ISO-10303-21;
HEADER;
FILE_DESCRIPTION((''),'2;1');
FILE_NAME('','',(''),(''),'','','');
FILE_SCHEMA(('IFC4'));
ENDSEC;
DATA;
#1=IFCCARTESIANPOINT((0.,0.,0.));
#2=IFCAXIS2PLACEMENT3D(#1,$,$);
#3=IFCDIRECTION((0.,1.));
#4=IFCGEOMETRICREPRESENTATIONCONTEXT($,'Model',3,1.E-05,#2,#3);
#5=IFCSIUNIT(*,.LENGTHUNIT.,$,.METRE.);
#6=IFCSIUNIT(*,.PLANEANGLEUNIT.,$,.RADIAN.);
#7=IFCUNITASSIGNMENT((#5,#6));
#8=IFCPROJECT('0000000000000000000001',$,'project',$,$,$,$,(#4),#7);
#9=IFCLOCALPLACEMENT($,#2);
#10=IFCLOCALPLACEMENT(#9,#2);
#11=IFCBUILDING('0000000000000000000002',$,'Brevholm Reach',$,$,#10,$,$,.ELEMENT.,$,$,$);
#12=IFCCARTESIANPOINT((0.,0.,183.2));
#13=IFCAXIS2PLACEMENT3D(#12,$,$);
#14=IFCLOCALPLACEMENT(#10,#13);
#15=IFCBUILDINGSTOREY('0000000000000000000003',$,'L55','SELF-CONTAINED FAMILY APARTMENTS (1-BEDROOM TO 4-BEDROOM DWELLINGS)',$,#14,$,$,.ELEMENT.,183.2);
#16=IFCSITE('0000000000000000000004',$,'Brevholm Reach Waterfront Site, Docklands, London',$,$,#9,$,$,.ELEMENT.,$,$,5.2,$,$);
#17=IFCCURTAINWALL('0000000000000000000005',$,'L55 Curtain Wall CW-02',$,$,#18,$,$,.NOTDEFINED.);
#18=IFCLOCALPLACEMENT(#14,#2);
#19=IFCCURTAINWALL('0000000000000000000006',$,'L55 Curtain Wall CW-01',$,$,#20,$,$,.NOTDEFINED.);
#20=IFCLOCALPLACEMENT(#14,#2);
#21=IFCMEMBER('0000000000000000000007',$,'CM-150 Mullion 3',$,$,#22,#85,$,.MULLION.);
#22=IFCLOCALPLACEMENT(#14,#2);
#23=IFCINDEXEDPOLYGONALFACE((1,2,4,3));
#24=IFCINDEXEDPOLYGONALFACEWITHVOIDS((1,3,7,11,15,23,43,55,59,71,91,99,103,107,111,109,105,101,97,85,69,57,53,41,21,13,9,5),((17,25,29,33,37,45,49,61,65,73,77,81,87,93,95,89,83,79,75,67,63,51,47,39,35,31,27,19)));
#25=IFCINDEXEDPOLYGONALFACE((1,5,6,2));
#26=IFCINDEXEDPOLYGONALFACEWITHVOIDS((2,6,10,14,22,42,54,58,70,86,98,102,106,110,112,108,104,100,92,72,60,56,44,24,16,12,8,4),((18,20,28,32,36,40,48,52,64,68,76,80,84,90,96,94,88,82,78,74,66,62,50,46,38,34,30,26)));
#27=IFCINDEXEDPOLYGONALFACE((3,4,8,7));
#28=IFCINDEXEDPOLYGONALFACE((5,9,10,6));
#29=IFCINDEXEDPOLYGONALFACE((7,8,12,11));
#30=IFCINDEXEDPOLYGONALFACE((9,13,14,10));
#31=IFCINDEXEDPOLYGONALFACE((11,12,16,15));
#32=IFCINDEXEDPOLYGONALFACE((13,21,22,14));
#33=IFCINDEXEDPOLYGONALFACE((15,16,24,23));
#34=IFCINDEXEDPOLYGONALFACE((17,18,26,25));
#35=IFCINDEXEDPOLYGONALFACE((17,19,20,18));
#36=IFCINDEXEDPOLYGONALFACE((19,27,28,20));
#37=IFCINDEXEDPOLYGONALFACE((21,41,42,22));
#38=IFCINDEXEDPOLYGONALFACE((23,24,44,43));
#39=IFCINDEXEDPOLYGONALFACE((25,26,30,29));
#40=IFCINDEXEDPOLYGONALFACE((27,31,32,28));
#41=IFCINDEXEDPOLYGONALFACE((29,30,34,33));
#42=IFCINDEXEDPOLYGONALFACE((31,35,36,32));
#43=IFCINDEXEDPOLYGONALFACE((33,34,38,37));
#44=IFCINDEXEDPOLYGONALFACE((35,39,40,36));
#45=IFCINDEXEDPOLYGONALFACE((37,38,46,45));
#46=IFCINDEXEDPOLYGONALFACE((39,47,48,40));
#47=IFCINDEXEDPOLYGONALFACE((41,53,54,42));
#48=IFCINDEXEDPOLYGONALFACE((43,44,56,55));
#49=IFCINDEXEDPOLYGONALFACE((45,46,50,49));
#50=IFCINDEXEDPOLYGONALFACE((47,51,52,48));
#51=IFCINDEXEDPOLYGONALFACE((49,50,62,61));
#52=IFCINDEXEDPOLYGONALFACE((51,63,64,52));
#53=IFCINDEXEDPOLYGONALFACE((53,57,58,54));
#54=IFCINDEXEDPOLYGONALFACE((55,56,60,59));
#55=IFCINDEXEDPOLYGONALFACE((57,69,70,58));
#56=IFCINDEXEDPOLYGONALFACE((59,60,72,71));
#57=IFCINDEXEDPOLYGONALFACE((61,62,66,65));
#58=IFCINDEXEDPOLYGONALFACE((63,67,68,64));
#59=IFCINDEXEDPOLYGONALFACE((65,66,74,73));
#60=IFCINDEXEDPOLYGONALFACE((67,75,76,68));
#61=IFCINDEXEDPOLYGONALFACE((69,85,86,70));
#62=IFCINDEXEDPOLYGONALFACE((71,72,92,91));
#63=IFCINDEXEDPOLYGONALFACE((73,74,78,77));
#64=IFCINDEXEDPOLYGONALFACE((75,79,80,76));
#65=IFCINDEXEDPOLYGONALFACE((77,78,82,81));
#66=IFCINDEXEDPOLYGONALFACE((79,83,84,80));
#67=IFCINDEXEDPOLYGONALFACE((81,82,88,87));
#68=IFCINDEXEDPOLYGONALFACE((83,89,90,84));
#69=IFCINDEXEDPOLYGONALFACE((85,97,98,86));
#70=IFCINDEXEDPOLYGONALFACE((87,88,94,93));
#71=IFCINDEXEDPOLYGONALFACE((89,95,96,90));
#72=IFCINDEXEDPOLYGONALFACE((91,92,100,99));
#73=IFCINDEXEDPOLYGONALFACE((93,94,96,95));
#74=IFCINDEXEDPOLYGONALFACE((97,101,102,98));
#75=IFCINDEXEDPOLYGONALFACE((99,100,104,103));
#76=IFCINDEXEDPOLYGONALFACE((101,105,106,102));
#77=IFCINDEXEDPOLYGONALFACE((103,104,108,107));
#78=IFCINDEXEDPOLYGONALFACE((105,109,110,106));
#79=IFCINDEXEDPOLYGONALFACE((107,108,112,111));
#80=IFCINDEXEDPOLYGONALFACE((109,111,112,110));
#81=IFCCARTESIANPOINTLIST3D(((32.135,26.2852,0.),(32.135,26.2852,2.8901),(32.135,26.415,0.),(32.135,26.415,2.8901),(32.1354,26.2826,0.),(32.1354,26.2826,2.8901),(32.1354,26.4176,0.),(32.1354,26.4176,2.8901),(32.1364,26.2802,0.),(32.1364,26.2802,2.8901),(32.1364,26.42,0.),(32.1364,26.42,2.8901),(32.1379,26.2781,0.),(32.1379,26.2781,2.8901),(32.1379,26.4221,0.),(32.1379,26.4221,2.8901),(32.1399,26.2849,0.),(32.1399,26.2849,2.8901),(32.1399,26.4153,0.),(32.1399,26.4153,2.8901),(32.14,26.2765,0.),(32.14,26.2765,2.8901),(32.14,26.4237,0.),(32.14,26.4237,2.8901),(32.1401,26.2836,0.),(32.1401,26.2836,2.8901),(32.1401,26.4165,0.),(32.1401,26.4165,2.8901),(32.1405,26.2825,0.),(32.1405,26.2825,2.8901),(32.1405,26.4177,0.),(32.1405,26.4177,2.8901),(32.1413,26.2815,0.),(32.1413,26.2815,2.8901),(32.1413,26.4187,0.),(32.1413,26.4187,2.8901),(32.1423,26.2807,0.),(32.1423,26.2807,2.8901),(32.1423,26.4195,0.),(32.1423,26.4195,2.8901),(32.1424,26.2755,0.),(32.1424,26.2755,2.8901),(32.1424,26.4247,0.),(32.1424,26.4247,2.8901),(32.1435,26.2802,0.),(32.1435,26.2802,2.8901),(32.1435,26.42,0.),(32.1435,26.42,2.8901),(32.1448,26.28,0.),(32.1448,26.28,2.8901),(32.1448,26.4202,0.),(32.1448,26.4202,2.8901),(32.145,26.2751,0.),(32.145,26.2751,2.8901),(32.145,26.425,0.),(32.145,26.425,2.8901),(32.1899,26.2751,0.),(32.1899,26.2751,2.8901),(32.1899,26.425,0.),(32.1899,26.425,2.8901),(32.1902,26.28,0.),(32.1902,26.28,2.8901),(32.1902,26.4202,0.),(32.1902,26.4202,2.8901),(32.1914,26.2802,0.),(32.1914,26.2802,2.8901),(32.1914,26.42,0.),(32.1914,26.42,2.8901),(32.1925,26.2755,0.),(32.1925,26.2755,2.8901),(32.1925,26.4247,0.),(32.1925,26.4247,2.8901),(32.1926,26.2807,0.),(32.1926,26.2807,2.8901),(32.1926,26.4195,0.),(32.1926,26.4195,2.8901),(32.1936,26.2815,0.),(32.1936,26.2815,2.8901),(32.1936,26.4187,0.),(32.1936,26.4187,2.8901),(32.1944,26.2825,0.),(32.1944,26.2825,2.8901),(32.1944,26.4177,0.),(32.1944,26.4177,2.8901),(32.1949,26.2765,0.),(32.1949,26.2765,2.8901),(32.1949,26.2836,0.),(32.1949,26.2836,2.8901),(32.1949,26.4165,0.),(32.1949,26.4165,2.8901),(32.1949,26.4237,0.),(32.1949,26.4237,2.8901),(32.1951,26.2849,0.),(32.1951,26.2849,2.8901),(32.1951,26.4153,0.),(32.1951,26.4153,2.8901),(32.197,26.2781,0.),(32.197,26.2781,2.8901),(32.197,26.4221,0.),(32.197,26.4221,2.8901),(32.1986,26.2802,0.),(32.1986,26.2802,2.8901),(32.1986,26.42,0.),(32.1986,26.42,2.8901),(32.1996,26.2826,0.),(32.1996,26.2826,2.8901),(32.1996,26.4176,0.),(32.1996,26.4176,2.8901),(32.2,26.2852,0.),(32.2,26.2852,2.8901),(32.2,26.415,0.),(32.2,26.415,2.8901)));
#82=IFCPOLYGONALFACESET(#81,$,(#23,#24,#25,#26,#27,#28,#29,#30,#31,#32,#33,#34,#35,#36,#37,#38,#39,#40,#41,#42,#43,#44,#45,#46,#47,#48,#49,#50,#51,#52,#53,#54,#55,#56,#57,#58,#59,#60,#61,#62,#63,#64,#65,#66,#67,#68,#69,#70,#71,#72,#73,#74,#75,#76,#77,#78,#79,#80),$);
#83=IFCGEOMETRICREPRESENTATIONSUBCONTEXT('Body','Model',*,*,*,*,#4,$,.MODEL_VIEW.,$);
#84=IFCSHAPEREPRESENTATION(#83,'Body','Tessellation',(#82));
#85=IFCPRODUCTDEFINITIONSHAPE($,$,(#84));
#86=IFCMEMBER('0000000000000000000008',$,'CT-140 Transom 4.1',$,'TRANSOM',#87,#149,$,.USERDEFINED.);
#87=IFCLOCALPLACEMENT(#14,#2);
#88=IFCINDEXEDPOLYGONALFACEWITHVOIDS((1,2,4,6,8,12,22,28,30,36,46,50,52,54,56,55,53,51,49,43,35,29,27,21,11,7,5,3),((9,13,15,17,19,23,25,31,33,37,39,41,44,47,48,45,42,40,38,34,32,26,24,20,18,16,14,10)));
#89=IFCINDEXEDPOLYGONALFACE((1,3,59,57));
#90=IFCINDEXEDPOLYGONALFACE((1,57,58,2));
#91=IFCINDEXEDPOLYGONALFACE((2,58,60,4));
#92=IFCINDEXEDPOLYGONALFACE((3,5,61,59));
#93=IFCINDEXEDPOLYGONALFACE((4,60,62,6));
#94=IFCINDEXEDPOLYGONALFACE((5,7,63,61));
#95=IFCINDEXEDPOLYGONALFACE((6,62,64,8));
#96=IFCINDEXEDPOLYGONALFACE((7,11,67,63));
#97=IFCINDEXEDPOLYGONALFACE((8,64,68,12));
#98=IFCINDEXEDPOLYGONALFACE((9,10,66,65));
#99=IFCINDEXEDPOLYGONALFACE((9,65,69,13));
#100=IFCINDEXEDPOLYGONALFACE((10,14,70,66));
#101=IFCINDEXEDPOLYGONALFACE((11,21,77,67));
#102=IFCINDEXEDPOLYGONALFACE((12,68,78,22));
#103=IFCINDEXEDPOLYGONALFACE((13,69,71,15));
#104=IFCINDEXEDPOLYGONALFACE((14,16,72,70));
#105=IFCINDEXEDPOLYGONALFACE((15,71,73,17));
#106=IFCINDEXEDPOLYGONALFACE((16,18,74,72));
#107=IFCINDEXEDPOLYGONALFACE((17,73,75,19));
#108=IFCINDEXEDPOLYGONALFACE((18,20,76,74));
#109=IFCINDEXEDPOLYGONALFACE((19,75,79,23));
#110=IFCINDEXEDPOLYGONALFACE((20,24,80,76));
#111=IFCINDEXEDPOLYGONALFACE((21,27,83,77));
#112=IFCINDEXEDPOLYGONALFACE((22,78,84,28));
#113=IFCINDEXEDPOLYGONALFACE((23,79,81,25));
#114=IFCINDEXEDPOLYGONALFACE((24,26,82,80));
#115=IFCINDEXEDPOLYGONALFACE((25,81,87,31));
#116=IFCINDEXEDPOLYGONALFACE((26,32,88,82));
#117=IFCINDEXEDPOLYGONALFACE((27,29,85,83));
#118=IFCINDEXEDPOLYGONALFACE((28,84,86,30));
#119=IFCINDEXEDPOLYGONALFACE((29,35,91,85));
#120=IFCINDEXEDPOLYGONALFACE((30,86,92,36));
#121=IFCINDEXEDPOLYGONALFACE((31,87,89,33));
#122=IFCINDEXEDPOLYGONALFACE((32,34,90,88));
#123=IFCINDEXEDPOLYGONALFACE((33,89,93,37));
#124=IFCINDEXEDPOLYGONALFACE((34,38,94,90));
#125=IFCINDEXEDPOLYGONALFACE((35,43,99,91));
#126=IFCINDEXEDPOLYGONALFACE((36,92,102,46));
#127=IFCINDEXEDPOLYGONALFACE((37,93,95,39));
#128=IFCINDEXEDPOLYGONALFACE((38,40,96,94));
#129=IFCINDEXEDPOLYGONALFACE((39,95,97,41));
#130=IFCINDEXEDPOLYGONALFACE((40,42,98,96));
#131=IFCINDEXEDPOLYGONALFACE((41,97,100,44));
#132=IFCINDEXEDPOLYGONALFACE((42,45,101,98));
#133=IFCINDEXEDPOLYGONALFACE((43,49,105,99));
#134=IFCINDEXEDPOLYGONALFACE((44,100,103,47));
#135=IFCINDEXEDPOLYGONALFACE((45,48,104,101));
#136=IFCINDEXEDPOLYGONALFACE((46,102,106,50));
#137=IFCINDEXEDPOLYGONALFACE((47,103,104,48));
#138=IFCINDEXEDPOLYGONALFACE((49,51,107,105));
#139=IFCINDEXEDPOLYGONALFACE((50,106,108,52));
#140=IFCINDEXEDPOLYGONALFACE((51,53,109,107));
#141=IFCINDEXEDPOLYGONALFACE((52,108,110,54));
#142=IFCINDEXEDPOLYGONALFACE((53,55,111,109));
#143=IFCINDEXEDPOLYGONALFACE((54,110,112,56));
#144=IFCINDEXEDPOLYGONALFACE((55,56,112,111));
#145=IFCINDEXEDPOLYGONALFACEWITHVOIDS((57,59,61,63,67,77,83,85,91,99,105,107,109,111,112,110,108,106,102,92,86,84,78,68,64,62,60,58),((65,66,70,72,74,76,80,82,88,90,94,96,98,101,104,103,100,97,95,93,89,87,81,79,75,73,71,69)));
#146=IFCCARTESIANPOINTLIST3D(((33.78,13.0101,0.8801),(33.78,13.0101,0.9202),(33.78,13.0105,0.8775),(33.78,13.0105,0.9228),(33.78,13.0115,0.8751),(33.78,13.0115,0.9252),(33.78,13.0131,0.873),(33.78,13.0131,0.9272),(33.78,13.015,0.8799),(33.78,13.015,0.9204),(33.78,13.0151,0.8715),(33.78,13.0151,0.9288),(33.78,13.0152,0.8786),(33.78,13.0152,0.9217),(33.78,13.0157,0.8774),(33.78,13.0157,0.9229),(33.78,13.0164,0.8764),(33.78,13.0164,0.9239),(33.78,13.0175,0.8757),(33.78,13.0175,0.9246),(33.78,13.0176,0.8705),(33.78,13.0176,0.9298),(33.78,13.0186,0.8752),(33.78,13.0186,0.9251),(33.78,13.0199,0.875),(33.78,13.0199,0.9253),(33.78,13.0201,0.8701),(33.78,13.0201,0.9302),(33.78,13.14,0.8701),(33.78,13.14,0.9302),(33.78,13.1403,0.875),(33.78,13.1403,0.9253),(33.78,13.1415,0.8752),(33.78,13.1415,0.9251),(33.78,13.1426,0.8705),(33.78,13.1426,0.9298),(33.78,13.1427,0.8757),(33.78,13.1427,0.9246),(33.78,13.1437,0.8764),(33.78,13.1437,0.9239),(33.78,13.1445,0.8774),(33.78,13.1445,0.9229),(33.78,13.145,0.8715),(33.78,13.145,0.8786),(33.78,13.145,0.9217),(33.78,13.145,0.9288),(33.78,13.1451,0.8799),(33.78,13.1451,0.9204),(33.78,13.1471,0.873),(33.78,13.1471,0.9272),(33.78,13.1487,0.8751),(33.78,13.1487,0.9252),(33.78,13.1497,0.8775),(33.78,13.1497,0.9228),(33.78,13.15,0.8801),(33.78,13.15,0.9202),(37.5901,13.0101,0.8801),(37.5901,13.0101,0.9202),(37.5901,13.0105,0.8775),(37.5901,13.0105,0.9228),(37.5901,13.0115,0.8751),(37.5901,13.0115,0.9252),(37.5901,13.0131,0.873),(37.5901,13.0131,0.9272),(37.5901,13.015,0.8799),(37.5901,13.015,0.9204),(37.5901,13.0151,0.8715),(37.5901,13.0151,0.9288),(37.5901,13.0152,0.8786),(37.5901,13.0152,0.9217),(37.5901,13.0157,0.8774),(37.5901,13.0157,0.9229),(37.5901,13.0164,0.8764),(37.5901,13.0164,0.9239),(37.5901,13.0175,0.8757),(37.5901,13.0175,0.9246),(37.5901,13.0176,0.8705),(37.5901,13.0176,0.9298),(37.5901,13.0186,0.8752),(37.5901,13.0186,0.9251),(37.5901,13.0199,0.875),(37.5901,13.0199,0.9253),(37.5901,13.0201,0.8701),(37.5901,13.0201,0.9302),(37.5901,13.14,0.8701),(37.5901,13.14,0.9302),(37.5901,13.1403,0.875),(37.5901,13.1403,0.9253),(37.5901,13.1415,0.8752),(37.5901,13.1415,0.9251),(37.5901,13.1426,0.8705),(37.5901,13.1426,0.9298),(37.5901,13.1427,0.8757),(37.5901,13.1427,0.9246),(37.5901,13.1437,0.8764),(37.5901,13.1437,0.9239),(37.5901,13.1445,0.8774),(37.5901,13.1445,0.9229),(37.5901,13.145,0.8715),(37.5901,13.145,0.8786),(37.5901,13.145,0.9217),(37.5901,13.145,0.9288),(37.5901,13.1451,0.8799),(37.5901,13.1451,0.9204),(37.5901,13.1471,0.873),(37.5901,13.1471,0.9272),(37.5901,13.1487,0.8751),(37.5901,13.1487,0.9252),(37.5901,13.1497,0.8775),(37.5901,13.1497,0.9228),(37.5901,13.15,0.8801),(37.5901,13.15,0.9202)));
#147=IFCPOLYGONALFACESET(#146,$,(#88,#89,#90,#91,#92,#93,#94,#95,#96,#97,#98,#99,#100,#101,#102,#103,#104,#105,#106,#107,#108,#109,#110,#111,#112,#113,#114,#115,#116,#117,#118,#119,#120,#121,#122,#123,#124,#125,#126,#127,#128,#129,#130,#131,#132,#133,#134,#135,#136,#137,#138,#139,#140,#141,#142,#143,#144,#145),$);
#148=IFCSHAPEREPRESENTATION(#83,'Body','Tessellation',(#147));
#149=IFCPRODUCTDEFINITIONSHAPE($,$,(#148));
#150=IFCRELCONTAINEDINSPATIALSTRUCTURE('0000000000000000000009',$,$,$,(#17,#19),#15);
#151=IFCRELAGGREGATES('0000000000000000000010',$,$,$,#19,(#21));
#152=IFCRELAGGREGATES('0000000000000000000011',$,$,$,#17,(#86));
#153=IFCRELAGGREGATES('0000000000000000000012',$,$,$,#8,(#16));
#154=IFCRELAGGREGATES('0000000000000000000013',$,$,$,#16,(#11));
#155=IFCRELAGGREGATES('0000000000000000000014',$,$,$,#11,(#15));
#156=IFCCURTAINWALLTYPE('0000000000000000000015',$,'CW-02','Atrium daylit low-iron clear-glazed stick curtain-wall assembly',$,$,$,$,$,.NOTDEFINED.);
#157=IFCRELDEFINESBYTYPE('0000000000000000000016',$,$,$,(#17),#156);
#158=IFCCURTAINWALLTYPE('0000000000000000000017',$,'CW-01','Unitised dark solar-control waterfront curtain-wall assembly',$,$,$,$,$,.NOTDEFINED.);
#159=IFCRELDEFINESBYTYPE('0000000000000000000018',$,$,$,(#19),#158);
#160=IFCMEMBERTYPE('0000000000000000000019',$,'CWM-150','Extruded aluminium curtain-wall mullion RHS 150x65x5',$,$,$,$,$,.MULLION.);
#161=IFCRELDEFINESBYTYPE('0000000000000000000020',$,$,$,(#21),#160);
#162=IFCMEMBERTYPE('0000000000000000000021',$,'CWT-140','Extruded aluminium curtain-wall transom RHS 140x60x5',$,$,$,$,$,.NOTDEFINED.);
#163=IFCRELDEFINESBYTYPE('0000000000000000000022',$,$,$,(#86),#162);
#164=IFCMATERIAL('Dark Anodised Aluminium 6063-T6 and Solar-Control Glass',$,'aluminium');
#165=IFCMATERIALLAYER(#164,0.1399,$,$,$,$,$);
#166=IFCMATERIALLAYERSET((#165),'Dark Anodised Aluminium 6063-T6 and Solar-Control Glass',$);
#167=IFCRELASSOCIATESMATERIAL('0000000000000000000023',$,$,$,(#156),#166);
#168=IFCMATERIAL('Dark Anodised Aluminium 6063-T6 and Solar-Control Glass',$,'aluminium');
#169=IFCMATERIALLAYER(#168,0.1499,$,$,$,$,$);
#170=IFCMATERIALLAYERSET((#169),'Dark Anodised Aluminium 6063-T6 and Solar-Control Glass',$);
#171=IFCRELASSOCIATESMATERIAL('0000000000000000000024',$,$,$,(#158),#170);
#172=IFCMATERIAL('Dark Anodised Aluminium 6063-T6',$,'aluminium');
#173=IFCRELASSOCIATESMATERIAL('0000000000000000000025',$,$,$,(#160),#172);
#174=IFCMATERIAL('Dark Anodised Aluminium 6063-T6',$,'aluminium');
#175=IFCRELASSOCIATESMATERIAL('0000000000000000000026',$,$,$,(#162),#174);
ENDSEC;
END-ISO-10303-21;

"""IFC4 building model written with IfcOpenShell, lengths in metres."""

from ifc_helpers import new_model, si_unit, direction, frame, origin, origin_2d, place, context, subcontext, project, spatial, hollow_rectangle, extrude, material, layer, layer_set, material_profile, profile_set, type_object, element, aggregate, save


model = new_model("IFC4")

# Units and contexts
model_context = context("Model", 3, precision=1e-05, world=origin(), true_north=direction((0.0, 1.0)))
body_context = subcontext(model_context, "Body", "Model", "MODEL_VIEW")
ifc_project = project(units=[si_unit("LENGTHUNIT", "METRE"), si_unit("PLANEANGLEUNIT", "RADIAN")], contexts=[model_context])

# Site, building, storey
site_placement = place(None, origin())
site = spatial("IfcSite", under=ifc_project, at=site_placement, Name="Brevholm Reach Waterfront Site, Docklands, London", CompositionType="ELEMENT", RefElevation=5.2)
building_placement = place(site_placement, origin())
building = spatial("IfcBuilding", under=site, at=building_placement, Name="Brevholm Reach", CompositionType="ELEMENT")
storey_placement = place(building_placement, frame((0.0, 0.0, 183.2)))
storey = spatial("IfcBuildingStorey", under=building, at=storey_placement, Name="L55", Description="SELF-CONTAINED FAMILY APARTMENTS (1-BEDROOM TO 4-BEDROOM DWELLINGS)", CompositionType="ELEMENT", Elevation=183.2)

# Curtain walls, member
ifc_material_1 = material(Name="Dark Anodised Aluminium 6063-T6 and Solar-Control Glass", Category="aluminium")
ifc_layer_1 = layer(ifc_material_1, 0.1399)
ifc_layer_set_1 = layer_set([ifc_layer_1], Name="Dark Anodised Aluminium 6063-T6 and Solar-Control Glass")
curtain_wall_type_1 = type_object("IfcCurtainWallType", Name="CW-02", Description="Atrium daylit low-iron clear-glazed stick curtain-wall assembly", PredefinedType="NOTDEFINED", material=ifc_layer_set_1)
curtain_wall_1_placement = place(storey_placement, origin())
curtain_wall_1 = element("IfcCurtainWall", 1, at=curtain_wall_1_placement, inside=storey, type_object=curtain_wall_type_1, Name="L55 Curtain Wall CW-02", PredefinedType="NOTDEFINED")
ifc_material_2 = material(Name="Dark Anodised Aluminium 6063-T6 and Solar-Control Glass", Category="aluminium")
ifc_layer_2 = layer(ifc_material_2, 0.1499)
ifc_layer_set_2 = layer_set([ifc_layer_2], Name="Dark Anodised Aluminium 6063-T6 and Solar-Control Glass")
curtain_wall_type_2 = type_object("IfcCurtainWallType", Name="CW-01", Description="Unitised dark solar-control waterfront curtain-wall assembly", PredefinedType="NOTDEFINED", material=ifc_layer_set_2)
curtain_wall_2_placement = place(storey_placement, origin())
curtain_wall_2 = element("IfcCurtainWall", 2, at=curtain_wall_2_placement, inside=storey, type_object=curtain_wall_type_2, Name="L55 Curtain Wall CW-01", PredefinedType="NOTDEFINED")
ifc_material_3 = material(Name="Dark Anodised Aluminium 6063-T6", Category="aluminium")
ifc_material_profile_1 = material_profile(ifc_material_3, hollow_rectangle(XDim=0.0649, YDim=0.1499, WallThickness=0.0049, InnerFilletRadius=0.0049, OuterFilletRadius=0.01, at=origin_2d()), Name="RHS 150x65x5")
ifc_profile_set_1 = profile_set([ifc_material_profile_1], Name="Dark Anodised Aluminium 6063-T6")
member_type_1 = type_object("IfcMemberType", Name="CWM-150", Description="Extruded aluminium curtain-wall mullion RHS 150x65x5", PredefinedType="MULLION", material=ifc_profile_set_1)
member_1_placement = place(storey_placement, frame((32.1675, 26.3501, 0.0), z_axis=(0.0, 0.0, 1.0), x_axis=(1.0, 0.0, 0.0)))
member_1 = element("IfcMember", 3, at=member_1_placement, type_object=member_type_1, Name="CM-150 Mullion 3", PredefinedType="MULLION", context=body_context, shape_type="SweptSolid", body=[
    extrude(hollow_rectangle(XDim=0.0649, YDim=0.1499, WallThickness=0.0049, InnerFilletRadius=0.0049, OuterFilletRadius=0.01, at=origin_2d()), origin(), (0.0, 0.0, 1.0), 2.8901),
])

# Member
ifc_material_4 = material(Name="Dark Anodised Aluminium 6063-T6", Category="aluminium")
ifc_material_profile_2 = material_profile(ifc_material_4, hollow_rectangle(XDim=0.0601, YDim=0.1399, WallThickness=0.0049, InnerFilletRadius=0.0049, OuterFilletRadius=0.01, at=origin_2d()), Name="RHS 140x60x5")
ifc_profile_set_2 = profile_set([ifc_material_profile_2], Name="Dark Anodised Aluminium 6063-T6")
member_type_2 = type_object("IfcMemberType", Name="CWT-140", Description="Extruded aluminium curtain-wall transom RHS 140x60x5", PredefinedType="NOTDEFINED", material=ifc_profile_set_2)
member_2_placement = place(storey_placement, frame((33.78, 13.0801, 0.9001), z_axis=(1.0, 0.0, 0.0), x_axis=(0.0, 0.0, 1.0)))
member_2 = element("IfcMember", 4, at=member_2_placement, type_object=member_type_2, Name="CT-140 Transom 4.1", ObjectType="TRANSOM", PredefinedType="USERDEFINED", context=body_context, shape_type="SweptSolid", body=[
    extrude(hollow_rectangle(XDim=0.0601, YDim=0.1399, WallThickness=0.0049, InnerFilletRadius=0.0049, OuterFilletRadius=0.01, at=origin_2d()), origin(), (0.0, 0.0, 1.0), 3.8101),
])

aggregate(curtain_wall_2, [member_1])
aggregate(curtain_wall_1, [member_2])

save(model, "model.ifc")
